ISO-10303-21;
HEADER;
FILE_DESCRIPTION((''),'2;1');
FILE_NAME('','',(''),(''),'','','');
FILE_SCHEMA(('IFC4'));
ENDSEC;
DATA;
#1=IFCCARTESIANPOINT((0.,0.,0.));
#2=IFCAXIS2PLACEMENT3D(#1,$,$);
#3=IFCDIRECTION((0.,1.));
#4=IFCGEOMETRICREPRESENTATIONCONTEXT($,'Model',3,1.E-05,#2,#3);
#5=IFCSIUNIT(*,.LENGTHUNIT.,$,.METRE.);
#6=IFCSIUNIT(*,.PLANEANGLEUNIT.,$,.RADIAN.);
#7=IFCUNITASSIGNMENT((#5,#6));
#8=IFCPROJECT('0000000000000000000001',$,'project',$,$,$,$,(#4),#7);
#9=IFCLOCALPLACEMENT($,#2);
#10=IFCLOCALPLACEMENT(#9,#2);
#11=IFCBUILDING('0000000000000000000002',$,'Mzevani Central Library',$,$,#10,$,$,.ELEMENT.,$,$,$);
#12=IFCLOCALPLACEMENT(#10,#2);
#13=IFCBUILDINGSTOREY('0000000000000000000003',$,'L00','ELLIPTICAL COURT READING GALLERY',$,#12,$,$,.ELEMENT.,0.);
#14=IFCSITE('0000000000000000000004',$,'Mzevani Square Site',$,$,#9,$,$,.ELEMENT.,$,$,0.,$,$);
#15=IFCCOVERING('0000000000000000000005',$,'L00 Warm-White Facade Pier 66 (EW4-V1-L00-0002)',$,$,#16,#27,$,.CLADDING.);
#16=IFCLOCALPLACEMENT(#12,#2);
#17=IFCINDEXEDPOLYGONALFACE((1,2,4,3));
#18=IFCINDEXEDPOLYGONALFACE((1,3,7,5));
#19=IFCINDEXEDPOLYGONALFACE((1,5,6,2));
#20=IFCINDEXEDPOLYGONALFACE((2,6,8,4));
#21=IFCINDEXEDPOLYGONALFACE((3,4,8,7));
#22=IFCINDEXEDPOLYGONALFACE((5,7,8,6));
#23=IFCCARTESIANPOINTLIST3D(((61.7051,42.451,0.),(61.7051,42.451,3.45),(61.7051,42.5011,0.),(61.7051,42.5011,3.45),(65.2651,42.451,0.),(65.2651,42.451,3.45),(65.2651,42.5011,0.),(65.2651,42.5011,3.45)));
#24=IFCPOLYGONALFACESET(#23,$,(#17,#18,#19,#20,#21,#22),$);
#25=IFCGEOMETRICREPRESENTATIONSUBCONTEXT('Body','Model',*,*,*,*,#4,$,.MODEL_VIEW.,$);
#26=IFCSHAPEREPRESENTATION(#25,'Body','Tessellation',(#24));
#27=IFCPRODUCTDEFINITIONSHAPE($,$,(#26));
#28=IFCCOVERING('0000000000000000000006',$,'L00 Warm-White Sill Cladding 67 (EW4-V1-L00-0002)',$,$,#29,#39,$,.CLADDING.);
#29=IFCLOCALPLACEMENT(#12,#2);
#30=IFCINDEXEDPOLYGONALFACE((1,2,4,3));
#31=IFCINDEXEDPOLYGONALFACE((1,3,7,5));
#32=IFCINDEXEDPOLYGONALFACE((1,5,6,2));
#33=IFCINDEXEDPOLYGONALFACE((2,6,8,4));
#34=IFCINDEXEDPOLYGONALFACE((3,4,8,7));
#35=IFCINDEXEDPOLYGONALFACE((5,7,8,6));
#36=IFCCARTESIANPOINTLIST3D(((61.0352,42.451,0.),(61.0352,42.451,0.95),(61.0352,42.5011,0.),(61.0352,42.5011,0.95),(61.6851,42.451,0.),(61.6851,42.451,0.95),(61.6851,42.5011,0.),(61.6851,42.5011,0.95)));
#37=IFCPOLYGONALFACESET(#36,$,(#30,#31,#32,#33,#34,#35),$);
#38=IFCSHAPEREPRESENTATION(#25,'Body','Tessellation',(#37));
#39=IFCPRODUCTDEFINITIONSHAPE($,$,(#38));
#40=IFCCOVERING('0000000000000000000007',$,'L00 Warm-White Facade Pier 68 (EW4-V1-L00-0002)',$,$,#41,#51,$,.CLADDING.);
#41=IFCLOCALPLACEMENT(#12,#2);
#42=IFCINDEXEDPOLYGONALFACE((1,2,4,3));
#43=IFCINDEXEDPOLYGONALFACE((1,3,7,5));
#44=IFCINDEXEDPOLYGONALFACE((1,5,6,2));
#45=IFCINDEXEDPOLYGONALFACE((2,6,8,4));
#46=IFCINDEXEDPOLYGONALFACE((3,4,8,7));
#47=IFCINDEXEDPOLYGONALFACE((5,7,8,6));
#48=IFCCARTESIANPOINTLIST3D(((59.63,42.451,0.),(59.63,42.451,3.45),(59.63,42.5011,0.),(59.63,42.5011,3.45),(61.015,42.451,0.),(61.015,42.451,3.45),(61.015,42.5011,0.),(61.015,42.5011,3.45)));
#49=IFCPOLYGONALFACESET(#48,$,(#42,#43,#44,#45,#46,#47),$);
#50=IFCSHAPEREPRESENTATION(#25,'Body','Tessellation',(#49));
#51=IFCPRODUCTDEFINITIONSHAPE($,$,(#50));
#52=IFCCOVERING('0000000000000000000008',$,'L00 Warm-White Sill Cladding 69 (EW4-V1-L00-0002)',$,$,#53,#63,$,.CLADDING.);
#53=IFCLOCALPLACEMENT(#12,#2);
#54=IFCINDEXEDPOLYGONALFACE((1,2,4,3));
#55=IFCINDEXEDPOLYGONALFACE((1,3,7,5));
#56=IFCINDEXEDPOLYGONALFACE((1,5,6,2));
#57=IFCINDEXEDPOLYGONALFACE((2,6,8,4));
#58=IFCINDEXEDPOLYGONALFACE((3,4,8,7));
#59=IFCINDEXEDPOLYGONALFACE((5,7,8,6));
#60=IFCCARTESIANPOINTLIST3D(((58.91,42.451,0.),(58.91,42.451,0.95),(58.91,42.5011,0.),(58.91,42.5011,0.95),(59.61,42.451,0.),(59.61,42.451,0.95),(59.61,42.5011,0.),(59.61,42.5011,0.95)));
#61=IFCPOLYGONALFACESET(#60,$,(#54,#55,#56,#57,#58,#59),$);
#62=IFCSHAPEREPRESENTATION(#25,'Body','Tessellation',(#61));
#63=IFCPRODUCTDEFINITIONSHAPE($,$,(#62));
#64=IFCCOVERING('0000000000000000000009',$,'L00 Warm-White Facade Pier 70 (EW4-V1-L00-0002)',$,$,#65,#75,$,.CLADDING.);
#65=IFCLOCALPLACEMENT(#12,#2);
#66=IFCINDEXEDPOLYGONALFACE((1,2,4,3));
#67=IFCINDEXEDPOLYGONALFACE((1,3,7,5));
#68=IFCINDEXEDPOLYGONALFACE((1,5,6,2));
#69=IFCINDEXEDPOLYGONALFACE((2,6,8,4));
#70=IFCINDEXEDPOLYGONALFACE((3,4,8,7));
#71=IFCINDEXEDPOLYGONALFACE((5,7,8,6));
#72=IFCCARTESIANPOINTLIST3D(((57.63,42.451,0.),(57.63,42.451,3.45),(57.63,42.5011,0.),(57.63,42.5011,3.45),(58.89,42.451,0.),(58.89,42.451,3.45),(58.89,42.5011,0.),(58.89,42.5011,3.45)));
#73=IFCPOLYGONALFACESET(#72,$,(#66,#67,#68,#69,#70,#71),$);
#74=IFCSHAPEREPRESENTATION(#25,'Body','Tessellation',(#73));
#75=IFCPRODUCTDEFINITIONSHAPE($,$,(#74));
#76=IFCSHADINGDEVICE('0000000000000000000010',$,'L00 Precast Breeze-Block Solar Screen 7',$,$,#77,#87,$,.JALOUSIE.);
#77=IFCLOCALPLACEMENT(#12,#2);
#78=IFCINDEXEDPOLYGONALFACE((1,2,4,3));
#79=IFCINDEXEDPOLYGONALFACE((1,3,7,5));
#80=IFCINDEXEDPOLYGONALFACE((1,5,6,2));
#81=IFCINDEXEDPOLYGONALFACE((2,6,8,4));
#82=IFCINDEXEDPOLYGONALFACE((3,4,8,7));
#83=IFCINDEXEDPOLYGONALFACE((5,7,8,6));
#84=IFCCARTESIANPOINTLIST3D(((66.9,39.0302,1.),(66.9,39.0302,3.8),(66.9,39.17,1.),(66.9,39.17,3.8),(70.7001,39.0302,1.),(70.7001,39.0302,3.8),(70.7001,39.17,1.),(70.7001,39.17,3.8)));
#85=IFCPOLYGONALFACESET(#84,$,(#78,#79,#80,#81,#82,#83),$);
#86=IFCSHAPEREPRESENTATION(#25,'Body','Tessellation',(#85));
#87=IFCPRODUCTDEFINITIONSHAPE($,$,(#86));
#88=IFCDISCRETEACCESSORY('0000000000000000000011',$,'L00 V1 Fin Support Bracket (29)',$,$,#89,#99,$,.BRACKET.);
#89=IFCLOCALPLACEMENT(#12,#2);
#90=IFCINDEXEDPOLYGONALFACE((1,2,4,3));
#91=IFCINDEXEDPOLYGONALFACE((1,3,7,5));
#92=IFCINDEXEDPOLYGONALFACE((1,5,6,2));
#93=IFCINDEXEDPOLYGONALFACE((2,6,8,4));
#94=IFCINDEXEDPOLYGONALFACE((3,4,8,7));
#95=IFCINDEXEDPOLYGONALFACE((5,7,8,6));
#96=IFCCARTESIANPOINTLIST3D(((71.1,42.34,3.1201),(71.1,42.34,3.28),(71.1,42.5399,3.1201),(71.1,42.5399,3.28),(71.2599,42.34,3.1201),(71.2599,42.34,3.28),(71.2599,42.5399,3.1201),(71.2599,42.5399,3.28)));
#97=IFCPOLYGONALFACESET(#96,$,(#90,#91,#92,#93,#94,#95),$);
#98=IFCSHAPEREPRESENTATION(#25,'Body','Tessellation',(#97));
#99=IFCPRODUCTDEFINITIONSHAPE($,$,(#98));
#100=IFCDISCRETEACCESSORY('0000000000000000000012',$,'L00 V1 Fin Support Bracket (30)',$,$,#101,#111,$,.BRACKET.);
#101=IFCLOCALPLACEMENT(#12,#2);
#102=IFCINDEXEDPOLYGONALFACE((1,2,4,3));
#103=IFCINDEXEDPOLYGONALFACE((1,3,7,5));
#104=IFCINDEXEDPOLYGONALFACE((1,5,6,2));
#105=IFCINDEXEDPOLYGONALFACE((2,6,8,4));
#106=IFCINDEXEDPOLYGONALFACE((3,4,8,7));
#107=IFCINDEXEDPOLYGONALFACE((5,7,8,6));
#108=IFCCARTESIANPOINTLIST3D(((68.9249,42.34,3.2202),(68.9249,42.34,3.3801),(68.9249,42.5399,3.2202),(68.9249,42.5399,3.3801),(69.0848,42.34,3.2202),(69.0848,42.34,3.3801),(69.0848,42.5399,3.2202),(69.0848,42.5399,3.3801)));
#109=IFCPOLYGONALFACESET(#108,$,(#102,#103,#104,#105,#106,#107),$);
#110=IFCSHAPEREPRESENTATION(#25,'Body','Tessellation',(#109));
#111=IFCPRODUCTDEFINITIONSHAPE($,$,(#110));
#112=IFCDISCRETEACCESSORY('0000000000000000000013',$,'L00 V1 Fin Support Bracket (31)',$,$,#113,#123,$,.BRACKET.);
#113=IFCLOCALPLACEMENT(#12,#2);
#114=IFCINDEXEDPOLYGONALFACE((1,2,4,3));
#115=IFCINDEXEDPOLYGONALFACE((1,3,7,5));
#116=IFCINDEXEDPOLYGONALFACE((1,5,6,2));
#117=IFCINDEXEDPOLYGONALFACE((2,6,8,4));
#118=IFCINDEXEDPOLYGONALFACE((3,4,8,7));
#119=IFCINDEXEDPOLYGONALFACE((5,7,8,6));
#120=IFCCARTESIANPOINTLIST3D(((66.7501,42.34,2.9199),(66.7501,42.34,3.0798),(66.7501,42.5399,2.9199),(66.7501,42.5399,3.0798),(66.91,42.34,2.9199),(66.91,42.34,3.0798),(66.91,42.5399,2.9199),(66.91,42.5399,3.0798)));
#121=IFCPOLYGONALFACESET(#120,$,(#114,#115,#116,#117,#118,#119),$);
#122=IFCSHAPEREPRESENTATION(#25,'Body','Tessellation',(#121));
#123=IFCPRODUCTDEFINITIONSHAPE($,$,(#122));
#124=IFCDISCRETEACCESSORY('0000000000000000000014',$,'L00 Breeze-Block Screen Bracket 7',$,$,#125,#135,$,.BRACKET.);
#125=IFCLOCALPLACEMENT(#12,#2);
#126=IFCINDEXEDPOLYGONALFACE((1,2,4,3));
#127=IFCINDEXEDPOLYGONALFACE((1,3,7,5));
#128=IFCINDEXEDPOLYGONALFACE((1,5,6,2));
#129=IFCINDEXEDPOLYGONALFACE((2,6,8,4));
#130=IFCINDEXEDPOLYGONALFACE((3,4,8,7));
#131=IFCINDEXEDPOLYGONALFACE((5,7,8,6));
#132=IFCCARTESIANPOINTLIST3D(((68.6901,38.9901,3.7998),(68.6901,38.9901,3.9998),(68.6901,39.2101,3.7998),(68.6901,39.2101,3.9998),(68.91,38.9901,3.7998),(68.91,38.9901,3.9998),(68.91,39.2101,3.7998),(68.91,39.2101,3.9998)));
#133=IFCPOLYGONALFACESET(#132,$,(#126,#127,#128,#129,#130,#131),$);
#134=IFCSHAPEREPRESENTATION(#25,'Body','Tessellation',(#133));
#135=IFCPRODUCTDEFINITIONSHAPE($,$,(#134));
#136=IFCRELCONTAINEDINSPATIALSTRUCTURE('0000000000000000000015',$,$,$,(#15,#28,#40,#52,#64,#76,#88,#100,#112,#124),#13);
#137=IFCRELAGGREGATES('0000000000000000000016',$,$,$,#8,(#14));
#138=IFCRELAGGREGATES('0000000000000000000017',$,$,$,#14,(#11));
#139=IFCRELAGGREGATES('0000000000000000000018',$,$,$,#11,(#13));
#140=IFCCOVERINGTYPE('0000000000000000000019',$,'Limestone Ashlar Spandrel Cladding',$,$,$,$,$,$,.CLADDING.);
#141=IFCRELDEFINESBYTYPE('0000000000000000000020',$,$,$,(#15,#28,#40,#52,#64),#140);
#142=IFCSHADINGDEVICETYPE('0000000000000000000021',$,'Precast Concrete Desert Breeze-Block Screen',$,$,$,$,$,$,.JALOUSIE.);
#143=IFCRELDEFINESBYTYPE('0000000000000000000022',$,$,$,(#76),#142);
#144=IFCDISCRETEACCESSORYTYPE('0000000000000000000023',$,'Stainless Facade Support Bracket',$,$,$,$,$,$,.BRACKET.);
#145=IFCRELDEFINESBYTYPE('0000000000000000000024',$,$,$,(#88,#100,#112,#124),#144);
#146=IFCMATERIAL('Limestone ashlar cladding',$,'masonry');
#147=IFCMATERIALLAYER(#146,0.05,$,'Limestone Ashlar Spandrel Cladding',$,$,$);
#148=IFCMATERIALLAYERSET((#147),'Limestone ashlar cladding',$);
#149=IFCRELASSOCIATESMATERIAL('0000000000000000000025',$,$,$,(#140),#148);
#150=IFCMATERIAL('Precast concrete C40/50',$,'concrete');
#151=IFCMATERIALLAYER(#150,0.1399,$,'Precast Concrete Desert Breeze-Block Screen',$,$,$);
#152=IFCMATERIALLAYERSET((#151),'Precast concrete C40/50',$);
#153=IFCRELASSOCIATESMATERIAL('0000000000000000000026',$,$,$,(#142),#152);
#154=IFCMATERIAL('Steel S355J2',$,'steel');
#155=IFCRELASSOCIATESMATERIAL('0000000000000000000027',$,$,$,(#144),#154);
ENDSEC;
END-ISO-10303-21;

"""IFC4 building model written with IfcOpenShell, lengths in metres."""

from ifc_helpers import new_model, si_unit, direction, frame, origin, origin_2d, place, context, subcontext, project, spatial, rectangle, extrude, material, layer, layer_set, type_object, element, save


model = new_model("IFC4")

# Units and contexts
model_context = context("Model", 3, precision=1e-05, world=origin(), true_north=direction((0.0, 1.0)))
body_context = subcontext(model_context, "Body", "Model", "MODEL_VIEW")
ifc_project = project(units=[si_unit("LENGTHUNIT", "METRE"), si_unit("PLANEANGLEUNIT", "RADIAN")], contexts=[model_context])

# Site, building, storey
site_placement = place(None, origin())
site = spatial("IfcSite", under=ifc_project, at=site_placement, Name="Mzevani Square Site", CompositionType="ELEMENT", RefElevation=0.0)
building_placement = place(site_placement, origin())
building = spatial("IfcBuilding", under=site, at=building_placement, Name="Mzevani Central Library", CompositionType="ELEMENT")
storey_placement = place(building_placement, origin())
storey = spatial("IfcBuildingStorey", under=building, at=storey_placement, Name="L00", Description="ELLIPTICAL COURT READING GALLERY", CompositionType="ELEMENT", Elevation=0.0)

# Shared definitions
ifc_material_1 = material(Name="Precast concrete C40/50", Category="concrete")

# Shared definitions
ifc_material_2 = material(Name="Steel S355J2", Category="steel")

# Coverings
ifc_material_3 = material(Name="Limestone ashlar cladding", Category="masonry")
ifc_layer_1 = layer(ifc_material_3, 0.05, Name="Limestone Ashlar Spandrel Cladding")
ifc_layer_set_1 = layer_set([ifc_layer_1], Name="Limestone ashlar cladding")
covering_type = type_object("IfcCoveringType", Name="Limestone Ashlar Spandrel Cladding", PredefinedType="CLADDING", material=ifc_layer_set_1)
covering_1_placement = place(storey_placement, frame((63.4851, 42.4761, 0.0), z_axis=(0.0, 0.0, 1.0), x_axis=(-1.0, 0.0, 0.0)))
element("IfcCovering", 1, at=covering_1_placement, inside=storey, type_object=covering_type, Name="L00 Warm-White Facade Pier 66 (EW4-V1-L00-0002)", PredefinedType="CLADDING", context=body_context, shape_type="SweptSolid", body=[
    extrude(rectangle(XDim=3.5601, YDim=0.05, at=origin_2d()), origin(), (0.0, 0.0, 1.0), 3.45),
])
covering_2_placement = place(storey_placement, frame((61.3601, 42.4761, 0.0), z_axis=(0.0, 0.0, 1.0), x_axis=(-1.0, 0.0, 0.0)))
element("IfcCovering", 2, at=covering_2_placement, inside=storey, type_object=covering_type, Name="L00 Warm-White Sill Cladding 67 (EW4-V1-L00-0002)", PredefinedType="CLADDING", context=body_context, shape_type="SweptSolid", body=[
    extrude(rectangle(XDim=0.6499, YDim=0.05, at=origin_2d()), origin(), (0.0, 0.0, 1.0), 0.95),
])
covering_3_placement = place(storey_placement, frame((60.3225, 42.4761, 0.0), z_axis=(0.0, 0.0, 1.0), x_axis=(-1.0, 0.0, 0.0)))
element("IfcCovering", 3, at=covering_3_placement, inside=storey, type_object=covering_type, Name="L00 Warm-White Facade Pier 68 (EW4-V1-L00-0002)", PredefinedType="CLADDING", context=body_context, shape_type="SweptSolid", body=[
    extrude(rectangle(XDim=1.385, YDim=0.05, at=origin_2d()), origin(), (0.0, 0.0, 1.0), 3.45),
])
covering_4_placement = place(storey_placement, frame((59.26, 42.4761, 0.0), z_axis=(0.0, 0.0, 1.0), x_axis=(-1.0, 0.0, 0.0)))
element("IfcCovering", 4, at=covering_4_placement, inside=storey, type_object=covering_type, Name="L00 Warm-White Sill Cladding 69 (EW4-V1-L00-0002)", PredefinedType="CLADDING", context=body_context, shape_type="SweptSolid", body=[
    extrude(rectangle(XDim=0.7, YDim=0.05, at=origin_2d()), origin(), (0.0, 0.0, 1.0), 0.95),
])
covering_5_placement = place(storey_placement, frame((58.26, 42.4761, 0.0), z_axis=(0.0, 0.0, 1.0), x_axis=(-1.0, 0.0, 0.0)))
element("IfcCovering", 5, at=covering_5_placement, inside=storey, type_object=covering_type, Name="L00 Warm-White Facade Pier 70 (EW4-V1-L00-0002)", PredefinedType="CLADDING", context=body_context, shape_type="SweptSolid", body=[
    extrude(rectangle(XDim=1.26, YDim=0.05, at=origin_2d()), origin(), (0.0, 0.0, 1.0), 3.45),
])

# Shading device
ifc_layer_2 = layer(ifc_material_1, 0.1399, Name="Precast Concrete Desert Breeze-Block Screen")
ifc_layer_set_2 = layer_set([ifc_layer_2], Name="Precast concrete C40/50")
shading_device_type_1 = type_object("IfcShadingDeviceType", Name="Precast Concrete Desert Breeze-Block Screen", PredefinedType="JALOUSIE", material=ifc_layer_set_2)
shading_device_1_placement = place(storey_placement, frame((68.8, 39.1001, 1.0), z_axis=(0.0, 0.0, 1.0), x_axis=(1.0, 0.0, 0.0)))
element("IfcShadingDevice", 6, at=shading_device_1_placement, inside=storey, type_object=shading_device_type_1, Name="L00 Precast Breeze-Block Solar Screen 7", PredefinedType="JALOUSIE", context=body_context, shape_type="SweptSolid", body=[
    extrude(rectangle(XDim=3.8, YDim=0.1399, at=origin_2d()), origin(), (0.0, 0.0, 1.0), 2.8),
])

# Discrete accessories
discrete_accessory_type = type_object("IfcDiscreteAccessoryType", Name="Stainless Facade Support Bracket", PredefinedType="BRACKET", material=ifc_material_2)
for number, where, z_axis, x_axis, name in (
    (7, (71.1799, 42.4399, 3.1201), (0.0, 0.0, 1.0), (-1.0, 0.0, 0.0), "L00 V1 Fin Support Bracket (29)"),
    (8, (69.0049, 42.4399, 3.2202), (0.0, 0.0, 1.0), (-1.0, 0.0, 0.0), "L00 V1 Fin Support Bracket (30)"),
    (9, (66.8301, 42.4399, 2.9199), (0.0, 0.0, 1.0), (-1.0, 0.0, 0.0), "L00 V1 Fin Support Bracket (31)"),
):
    element("IfcDiscreteAccessory", number, at=place(storey_placement, frame(where, z_axis=z_axis, x_axis=x_axis)), inside=storey, type_object=discrete_accessory_type, Name=name, PredefinedType="BRACKET", context=body_context, shape_type="SweptSolid", body=[
        extrude(rectangle(XDim=0.1599, YDim=0.2, at=origin_2d()), origin(), (0.0, 0.0, 1.0), 0.1599),
    ])
discrete_accessory_placement = place(storey_placement, frame((68.8, 39.1001, 3.7998), z_axis=(0.0, 0.0, 1.0), x_axis=(1.0, 0.0, 0.0)))
element("IfcDiscreteAccessory", 10, at=discrete_accessory_placement, inside=storey, type_object=discrete_accessory_type, Name="L00 Breeze-Block Screen Bracket 7", PredefinedType="BRACKET", context=body_context, shape_type="SweptSolid", body=[
    extrude(rectangle(XDim=0.22, YDim=0.22, at=origin_2d()), origin(), (0.0, 0.0, 1.0), 0.2),
])

save(model, "model.ifc")
